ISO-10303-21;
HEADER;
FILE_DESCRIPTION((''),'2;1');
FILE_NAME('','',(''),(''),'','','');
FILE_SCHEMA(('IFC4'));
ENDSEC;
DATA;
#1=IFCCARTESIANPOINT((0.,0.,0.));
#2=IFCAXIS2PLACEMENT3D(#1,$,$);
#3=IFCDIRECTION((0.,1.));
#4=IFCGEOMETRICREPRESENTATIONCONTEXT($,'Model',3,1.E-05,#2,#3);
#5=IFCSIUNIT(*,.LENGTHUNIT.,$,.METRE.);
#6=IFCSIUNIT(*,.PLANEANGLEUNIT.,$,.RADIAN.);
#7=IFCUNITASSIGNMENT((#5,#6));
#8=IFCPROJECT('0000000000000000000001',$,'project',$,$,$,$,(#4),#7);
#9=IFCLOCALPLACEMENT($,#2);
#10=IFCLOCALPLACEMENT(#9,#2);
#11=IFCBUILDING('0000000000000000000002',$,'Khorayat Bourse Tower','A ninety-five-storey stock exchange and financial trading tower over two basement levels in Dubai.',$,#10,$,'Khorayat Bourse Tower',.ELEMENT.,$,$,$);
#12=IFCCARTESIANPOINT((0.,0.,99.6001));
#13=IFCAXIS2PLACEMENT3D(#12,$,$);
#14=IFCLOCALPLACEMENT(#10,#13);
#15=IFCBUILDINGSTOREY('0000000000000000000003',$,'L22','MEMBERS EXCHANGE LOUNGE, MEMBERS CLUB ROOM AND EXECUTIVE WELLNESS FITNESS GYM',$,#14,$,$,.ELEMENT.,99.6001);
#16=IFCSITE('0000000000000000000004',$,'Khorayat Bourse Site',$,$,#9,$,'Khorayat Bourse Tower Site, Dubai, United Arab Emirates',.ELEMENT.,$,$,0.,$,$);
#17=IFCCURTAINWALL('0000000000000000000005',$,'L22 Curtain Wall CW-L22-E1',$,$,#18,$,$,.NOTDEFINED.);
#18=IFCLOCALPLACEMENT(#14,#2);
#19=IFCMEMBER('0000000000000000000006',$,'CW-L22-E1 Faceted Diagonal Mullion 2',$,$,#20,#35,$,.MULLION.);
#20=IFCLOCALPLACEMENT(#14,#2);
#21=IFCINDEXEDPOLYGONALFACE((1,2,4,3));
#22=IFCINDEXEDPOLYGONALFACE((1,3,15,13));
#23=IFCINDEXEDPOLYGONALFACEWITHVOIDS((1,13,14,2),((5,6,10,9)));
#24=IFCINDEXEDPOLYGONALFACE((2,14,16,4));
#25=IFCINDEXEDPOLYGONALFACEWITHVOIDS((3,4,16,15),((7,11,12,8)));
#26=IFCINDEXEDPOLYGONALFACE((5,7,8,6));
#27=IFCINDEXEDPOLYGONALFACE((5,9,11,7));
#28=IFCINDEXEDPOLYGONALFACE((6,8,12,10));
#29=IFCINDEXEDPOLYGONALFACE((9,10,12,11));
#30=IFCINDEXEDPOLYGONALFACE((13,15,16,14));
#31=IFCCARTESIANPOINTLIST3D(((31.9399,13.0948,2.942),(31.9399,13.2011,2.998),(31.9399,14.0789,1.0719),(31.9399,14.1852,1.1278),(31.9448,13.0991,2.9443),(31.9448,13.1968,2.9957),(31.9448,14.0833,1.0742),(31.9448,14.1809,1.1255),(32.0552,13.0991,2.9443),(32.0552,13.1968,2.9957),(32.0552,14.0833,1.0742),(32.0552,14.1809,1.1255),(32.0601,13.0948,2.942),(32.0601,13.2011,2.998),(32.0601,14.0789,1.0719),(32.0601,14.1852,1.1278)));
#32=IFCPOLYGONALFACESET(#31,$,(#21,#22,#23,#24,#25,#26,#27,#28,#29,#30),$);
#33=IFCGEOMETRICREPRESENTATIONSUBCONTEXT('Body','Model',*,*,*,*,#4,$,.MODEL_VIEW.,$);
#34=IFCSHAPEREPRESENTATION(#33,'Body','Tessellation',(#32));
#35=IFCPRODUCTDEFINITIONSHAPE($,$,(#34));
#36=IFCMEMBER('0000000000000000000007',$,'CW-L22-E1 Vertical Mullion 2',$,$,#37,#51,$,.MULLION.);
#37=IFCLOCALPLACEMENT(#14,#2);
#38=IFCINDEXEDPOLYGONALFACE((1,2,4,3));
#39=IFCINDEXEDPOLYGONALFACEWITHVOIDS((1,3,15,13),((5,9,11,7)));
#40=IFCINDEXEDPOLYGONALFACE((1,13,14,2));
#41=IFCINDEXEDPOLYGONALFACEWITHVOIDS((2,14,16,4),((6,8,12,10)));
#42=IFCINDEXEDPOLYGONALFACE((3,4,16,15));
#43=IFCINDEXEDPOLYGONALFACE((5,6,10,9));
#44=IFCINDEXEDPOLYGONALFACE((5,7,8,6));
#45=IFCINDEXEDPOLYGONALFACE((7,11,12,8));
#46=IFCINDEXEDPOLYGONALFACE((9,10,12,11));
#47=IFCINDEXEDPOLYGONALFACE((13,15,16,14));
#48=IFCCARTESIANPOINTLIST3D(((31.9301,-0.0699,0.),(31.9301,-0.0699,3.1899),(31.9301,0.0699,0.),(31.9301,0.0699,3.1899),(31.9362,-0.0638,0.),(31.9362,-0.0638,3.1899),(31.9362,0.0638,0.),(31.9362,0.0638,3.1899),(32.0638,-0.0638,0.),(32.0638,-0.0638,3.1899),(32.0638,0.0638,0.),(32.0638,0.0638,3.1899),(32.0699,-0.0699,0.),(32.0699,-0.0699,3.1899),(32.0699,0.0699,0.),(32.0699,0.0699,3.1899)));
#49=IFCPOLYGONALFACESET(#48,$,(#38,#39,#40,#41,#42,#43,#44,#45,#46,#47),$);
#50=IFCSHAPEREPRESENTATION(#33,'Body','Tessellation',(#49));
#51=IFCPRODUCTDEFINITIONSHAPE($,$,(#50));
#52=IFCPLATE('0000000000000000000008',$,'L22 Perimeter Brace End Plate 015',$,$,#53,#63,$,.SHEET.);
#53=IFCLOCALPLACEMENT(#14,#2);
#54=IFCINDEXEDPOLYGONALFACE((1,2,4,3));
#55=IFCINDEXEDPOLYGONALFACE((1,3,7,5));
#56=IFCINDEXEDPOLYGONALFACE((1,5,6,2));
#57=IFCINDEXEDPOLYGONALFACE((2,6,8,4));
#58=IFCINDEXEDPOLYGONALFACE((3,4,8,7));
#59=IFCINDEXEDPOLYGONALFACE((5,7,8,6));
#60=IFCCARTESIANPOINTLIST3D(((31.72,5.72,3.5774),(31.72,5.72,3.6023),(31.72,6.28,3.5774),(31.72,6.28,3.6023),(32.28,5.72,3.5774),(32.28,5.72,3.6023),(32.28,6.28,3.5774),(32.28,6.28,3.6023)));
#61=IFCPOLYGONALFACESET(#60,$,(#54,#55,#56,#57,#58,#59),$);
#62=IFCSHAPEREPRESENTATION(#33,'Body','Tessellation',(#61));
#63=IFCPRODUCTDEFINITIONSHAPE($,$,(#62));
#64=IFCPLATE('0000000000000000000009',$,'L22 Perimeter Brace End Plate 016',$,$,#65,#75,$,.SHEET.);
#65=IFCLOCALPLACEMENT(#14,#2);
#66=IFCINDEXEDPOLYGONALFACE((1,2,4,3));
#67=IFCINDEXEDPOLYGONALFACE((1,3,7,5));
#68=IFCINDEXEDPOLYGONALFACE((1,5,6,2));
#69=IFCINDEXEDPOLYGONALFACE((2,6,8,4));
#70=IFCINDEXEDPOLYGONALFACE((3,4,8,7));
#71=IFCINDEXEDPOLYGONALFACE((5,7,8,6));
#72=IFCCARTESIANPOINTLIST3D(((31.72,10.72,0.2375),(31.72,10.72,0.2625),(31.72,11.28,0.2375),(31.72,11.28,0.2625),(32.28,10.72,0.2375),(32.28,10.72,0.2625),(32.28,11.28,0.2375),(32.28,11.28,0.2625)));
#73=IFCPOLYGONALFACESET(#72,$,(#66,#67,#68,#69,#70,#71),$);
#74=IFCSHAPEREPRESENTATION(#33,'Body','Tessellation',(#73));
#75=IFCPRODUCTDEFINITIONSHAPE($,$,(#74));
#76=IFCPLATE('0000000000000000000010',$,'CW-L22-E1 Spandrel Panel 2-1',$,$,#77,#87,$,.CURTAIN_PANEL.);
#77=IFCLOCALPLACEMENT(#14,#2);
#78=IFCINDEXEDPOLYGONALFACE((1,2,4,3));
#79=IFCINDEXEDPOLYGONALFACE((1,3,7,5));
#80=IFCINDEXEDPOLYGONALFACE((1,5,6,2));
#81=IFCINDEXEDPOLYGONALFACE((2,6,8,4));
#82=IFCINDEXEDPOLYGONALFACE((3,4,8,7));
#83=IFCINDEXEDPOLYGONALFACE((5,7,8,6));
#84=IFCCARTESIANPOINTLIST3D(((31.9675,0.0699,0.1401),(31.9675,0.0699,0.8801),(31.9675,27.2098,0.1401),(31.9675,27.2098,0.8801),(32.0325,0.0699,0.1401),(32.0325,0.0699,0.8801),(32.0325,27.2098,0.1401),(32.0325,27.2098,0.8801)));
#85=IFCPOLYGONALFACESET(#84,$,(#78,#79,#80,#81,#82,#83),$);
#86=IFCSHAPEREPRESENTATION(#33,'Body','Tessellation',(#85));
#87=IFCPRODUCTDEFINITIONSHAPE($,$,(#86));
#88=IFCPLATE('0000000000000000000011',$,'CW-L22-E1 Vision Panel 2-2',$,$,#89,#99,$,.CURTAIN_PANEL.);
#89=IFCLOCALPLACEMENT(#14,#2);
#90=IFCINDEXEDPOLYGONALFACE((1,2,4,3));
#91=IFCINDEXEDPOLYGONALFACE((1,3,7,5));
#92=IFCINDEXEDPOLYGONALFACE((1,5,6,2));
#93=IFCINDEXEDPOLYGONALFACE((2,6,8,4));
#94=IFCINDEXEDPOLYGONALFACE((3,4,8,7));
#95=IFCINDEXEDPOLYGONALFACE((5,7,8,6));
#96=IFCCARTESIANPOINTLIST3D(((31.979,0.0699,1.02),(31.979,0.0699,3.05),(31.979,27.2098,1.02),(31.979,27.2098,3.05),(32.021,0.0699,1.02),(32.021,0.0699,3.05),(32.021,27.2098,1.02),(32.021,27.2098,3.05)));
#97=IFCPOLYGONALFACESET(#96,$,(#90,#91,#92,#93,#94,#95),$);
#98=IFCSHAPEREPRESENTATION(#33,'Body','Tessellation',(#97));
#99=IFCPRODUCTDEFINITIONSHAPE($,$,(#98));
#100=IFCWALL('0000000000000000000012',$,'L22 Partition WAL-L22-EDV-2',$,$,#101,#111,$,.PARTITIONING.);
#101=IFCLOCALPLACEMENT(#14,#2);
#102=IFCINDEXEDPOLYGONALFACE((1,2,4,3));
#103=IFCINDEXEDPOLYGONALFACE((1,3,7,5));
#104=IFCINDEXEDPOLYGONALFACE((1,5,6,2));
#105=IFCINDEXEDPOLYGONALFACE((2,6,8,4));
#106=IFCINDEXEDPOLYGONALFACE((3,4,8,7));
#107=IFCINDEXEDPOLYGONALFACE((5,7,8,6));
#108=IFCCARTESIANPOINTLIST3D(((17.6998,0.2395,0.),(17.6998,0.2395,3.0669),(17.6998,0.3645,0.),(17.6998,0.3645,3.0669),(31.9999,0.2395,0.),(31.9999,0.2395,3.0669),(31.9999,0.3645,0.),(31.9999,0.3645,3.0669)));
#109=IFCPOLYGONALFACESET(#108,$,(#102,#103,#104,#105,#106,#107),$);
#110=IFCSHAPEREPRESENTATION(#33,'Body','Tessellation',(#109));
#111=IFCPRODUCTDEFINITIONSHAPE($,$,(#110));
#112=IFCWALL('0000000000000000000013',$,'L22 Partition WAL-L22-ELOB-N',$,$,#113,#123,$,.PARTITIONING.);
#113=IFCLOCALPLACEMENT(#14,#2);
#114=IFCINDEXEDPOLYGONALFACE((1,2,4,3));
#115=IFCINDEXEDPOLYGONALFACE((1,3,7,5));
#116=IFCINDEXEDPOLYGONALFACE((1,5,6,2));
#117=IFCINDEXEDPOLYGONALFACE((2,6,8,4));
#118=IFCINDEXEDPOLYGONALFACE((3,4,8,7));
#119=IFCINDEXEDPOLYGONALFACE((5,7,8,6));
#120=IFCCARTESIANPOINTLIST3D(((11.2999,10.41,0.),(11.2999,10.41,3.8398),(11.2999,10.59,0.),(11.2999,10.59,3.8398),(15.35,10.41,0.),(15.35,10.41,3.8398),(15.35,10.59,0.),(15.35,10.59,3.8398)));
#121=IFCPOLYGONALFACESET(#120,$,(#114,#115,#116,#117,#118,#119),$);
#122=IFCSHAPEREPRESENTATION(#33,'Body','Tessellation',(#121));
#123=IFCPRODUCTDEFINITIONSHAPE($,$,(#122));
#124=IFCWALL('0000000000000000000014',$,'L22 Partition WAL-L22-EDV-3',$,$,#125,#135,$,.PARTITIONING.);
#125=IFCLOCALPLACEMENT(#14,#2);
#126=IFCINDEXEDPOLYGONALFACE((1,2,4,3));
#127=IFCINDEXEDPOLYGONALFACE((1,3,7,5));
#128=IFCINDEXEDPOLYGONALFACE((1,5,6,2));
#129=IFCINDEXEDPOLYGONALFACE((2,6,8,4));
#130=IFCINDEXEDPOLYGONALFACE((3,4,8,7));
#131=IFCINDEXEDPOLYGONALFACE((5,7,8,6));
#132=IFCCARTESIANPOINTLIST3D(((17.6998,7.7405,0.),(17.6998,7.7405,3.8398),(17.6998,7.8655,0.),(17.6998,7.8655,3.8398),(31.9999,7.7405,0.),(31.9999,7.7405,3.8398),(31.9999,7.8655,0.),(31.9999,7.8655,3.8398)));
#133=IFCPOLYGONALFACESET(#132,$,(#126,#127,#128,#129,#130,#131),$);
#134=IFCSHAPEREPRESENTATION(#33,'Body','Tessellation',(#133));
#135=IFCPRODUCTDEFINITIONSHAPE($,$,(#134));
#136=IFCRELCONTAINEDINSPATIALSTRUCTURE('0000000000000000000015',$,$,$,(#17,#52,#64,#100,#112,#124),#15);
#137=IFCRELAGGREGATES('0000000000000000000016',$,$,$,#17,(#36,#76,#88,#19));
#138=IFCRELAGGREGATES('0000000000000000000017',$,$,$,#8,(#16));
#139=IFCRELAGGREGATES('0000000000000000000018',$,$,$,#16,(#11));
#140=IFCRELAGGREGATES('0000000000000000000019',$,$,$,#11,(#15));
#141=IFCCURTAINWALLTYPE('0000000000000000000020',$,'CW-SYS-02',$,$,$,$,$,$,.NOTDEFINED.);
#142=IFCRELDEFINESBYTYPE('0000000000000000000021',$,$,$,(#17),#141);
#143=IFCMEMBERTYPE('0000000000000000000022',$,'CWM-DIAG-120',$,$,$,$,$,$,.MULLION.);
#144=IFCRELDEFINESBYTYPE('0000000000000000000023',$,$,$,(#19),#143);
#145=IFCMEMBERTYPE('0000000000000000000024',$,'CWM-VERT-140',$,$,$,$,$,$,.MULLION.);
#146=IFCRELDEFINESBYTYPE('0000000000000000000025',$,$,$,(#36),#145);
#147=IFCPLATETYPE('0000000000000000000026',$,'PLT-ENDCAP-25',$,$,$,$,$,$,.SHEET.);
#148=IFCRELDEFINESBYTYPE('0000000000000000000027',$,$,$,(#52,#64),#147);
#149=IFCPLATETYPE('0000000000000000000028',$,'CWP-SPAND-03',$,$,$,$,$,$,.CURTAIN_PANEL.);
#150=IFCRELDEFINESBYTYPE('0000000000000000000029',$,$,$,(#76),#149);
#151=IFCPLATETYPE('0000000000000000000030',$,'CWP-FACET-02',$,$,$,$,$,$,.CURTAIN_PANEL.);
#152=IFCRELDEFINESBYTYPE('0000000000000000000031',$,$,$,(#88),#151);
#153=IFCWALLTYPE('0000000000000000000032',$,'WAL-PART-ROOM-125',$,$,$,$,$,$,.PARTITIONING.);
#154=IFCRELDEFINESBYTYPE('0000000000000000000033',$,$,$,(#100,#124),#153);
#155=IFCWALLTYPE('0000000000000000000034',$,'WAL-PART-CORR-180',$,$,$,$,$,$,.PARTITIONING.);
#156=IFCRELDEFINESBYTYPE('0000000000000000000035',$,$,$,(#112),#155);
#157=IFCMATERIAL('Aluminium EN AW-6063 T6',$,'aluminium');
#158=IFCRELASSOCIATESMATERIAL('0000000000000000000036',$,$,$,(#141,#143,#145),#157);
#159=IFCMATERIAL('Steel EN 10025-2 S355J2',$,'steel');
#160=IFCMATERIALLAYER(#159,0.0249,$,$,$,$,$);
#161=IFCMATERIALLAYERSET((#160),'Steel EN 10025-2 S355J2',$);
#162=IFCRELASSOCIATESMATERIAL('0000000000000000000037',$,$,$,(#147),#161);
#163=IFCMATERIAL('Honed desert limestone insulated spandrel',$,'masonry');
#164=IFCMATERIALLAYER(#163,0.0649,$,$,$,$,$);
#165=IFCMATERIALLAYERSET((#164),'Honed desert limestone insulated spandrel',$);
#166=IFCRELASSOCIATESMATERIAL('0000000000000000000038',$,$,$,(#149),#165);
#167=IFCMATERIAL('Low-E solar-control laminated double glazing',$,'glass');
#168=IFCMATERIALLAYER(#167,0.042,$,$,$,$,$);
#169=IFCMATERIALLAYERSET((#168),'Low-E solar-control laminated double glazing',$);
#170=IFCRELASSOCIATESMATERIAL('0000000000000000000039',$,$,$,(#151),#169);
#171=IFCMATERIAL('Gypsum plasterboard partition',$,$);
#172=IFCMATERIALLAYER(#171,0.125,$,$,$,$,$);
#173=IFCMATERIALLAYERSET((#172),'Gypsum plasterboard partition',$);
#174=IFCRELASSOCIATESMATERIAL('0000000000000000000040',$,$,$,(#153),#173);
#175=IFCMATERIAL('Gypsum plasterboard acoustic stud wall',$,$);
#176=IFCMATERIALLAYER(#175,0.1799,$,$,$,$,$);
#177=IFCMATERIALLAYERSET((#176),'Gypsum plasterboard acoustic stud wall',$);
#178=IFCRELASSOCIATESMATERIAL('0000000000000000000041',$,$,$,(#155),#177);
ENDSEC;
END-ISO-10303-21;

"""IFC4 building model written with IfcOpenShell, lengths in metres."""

from ifc_helpers import new_model, si_unit, direction, frame, frame_2d, origin, origin_2d, place, context, subcontext, project, spatial, rectangle, hollow_rectangle, extrude, source, transform, mapped, material, layer, layer_set, material_profile, profile_set, type_object, element, aggregate, save


model = new_model("IFC4")

# Units and contexts
model_context = context("Model", 3, precision=1e-05, world=origin(), true_north=direction((0.0, 1.0)))
body_context = subcontext(model_context, "Body", "Model", "MODEL_VIEW")
ifc_project = project(units=[si_unit("LENGTHUNIT", "METRE"), si_unit("PLANEANGLEUNIT", "RADIAN")], contexts=[model_context])

# Site, building, storey
site_placement = place(None, origin())
site = spatial("IfcSite", under=ifc_project, at=site_placement, Name="Khorayat Bourse Site", LongName="Khorayat Bourse Tower Site, Dubai, United Arab Emirates", CompositionType="ELEMENT", RefElevation=0.0)
building_placement = place(site_placement, origin())
building = spatial("IfcBuilding", under=site, at=building_placement, Name="Khorayat Bourse Tower", Description="A ninety-five-storey stock exchange and financial trading tower over two basement levels in Dubai.", LongName="Khorayat Bourse Tower", CompositionType="ELEMENT")
storey_placement = place(building_placement, frame((0.0, 0.0, 99.6001)))
storey = spatial("IfcBuildingStorey", under=building, at=storey_placement, Name="L22", Description="MEMBERS EXCHANGE LOUNGE, MEMBERS CLUB ROOM AND EXECUTIVE WELLNESS FITNESS GYM", CompositionType="ELEMENT", Elevation=99.6001)

# Curtain wall, members
ifc_material_1 = material(Name="Aluminium EN AW-6063 T6", Category="aluminium")
curtain_wall_type = type_object("IfcCurtainWallType", Name="CW-SYS-02", PredefinedType="NOTDEFINED", material=ifc_material_1)
curtain_wall_placement = place(storey_placement, origin())
curtain_wall = element("IfcCurtainWall", 1, at=curtain_wall_placement, inside=storey, type_object=curtain_wall_type, Name="L22 Curtain Wall CW-L22-E1", PredefinedType="NOTDEFINED")
ifc_material_profile_1 = material_profile(ifc_material_1, hollow_rectangle(XDim=0.1201, YDim=0.1201, WallThickness=0.0049, at=origin_2d()), Name="ALU 120x120x5")
ifc_profile_set_1 = profile_set([ifc_material_profile_1], Name="Aluminium EN AW-6063 T6")
member_type_1 = type_object("IfcMemberType", Name="CWM-DIAG-120", PredefinedType="MULLION", material=ifc_profile_set_1)
shared_shape_1 = source(origin(), body_context, "Body", "SweptSolid", [
    extrude(hollow_rectangle(XDim=0.1201, YDim=0.1201, WallThickness=0.0049, at=origin_2d()), origin(), (0.0, 0.0, 1.0), 2.1133),
])
member_1_placement = place(storey_placement, frame((32.0, 14.1321, 1.0999), z_axis=(0.0, -0.465694, 0.884946), x_axis=(1.0, 0.0, 0.0)))
member_1 = element("IfcMember", 2, at=member_1_placement, type_object=member_type_1, Name="CW-L22-E1 Faceted Diagonal Mullion 2", PredefinedType="MULLION", context=body_context, shape_type="MappedRepresentation", body=[
    mapped(shared_shape_1, transform((0.0, 0.0, 0.0), scale=1.0)),
])
ifc_material_profile_2 = material_profile(ifc_material_1, hollow_rectangle(XDim=0.1399, YDim=0.1399, WallThickness=0.0061, at=origin_2d()), Name="ALU 140x140x6")
ifc_profile_set_2 = profile_set([ifc_material_profile_2], Name="Aluminium EN AW-6063 T6")
member_type_2 = type_object("IfcMemberType", Name="CWM-VERT-140", PredefinedType="MULLION", material=ifc_profile_set_2)
shared_shape_2 = source(origin(), body_context, "Body", "SweptSolid", [
    extrude(hollow_rectangle(XDim=0.1399, YDim=0.1399, WallThickness=0.0061, at=origin_2d()), origin(), (0.0, 0.0, 1.0), 3.1899),
])
member_2_placement = place(storey_placement, frame((32.0, 0.0, 0.0), z_axis=(0.0, 0.0, 1.0), x_axis=(-1.0, 0.0, 0.0)))
member_2 = element("IfcMember", 3, at=member_2_placement, type_object=member_type_2, Name="CW-L22-E1 Vertical Mullion 2", PredefinedType="MULLION", context=body_context, shape_type="MappedRepresentation", body=[
    mapped(shared_shape_2, transform((0.0, 0.0, 0.0), scale=1.0)),
])

# Plates
ifc_material_2 = material(Name="Steel EN 10025-2 S355J2", Category="steel")
ifc_layer_1 = layer(ifc_material_2, 0.0249)
ifc_layer_set_1 = layer_set([ifc_layer_1], Name="Steel EN 10025-2 S355J2")
plate_type_1 = type_object("IfcPlateType", Name="PLT-ENDCAP-25", PredefinedType="SHEET", material=ifc_layer_set_1)
shared_shape_3 = source(origin(), body_context, "Body", "SweptSolid", [
    extrude(rectangle(XDim=0.5601, YDim=0.5601, at=origin_2d()), origin(), (0.0, 0.0, 1.0), 0.0249),
])
for number, where, z_axis, x_axis, name in (
    (4, (32.0, 6.0, 3.5774), (0.0, 0.0, 1.0), (1.0, 0.0, 0.0), "L22 Perimeter Brace End Plate 015"),
    (5, (32.0, 11.0, 0.2375), (0.0, 0.0, 1.0), (1.0, 0.0, 0.0), "L22 Perimeter Brace End Plate 016"),
):
    element("IfcPlate", number, at=place(storey_placement, frame(where, z_axis=z_axis, x_axis=x_axis)), inside=storey, type_object=plate_type_1, Name=name, PredefinedType="SHEET", context=body_context, shape_type="MappedRepresentation", body=[
        mapped(shared_shape_3, transform((0.0, 0.0, 0.0), scale=1.0)),
    ])

# Plates
ifc_material_3 = material(Name="Honed desert limestone insulated spandrel", Category="masonry")
ifc_layer_2 = layer(ifc_material_3, 0.0649)
ifc_layer_set_2 = layer_set([ifc_layer_2], Name="Honed desert limestone insulated spandrel")
plate_type_2 = type_object("IfcPlateType", Name="CWP-SPAND-03", PredefinedType="CURTAIN_PANEL", material=ifc_layer_set_2)
shared_shape_4 = source(origin(), body_context, "Body", "SweptSolid", [
    extrude(rectangle(XDim=27.1399, YDim=0.0649, at=origin_2d()), origin(), (0.0, 0.0, 1.0), 0.74),
])
plate_1_placement = place(storey_placement, frame((32.0, 13.6399, 0.1401), z_axis=(0.0, 0.0, 1.0), x_axis=(0.0, 1.0, 0.0)))
plate_1 = element("IfcPlate", 6, at=plate_1_placement, type_object=plate_type_2, Name="CW-L22-E1 Spandrel Panel 2-1", PredefinedType="CURTAIN_PANEL", context=body_context, shape_type="MappedRepresentation", body=[
    mapped(shared_shape_4, transform((0.0, 0.0, 0.0), scale=1.0)),
])
ifc_material_4 = material(Name="Low-E solar-control laminated double glazing", Category="glass")
ifc_layer_3 = layer(ifc_material_4, 0.042)
ifc_layer_set_3 = layer_set([ifc_layer_3], Name="Low-E solar-control laminated double glazing")
plate_type_3 = type_object("IfcPlateType", Name="CWP-FACET-02", PredefinedType="CURTAIN_PANEL", material=ifc_layer_set_3)
shared_shape_5 = source(origin(), body_context, "Body", "SweptSolid", [
    extrude(rectangle(XDim=27.1399, YDim=0.042, at=origin_2d()), origin(), (0.0, 0.0, 1.0), 2.03),
])
plate_2_placement = place(storey_placement, frame((32.0, 13.6399, 1.02), z_axis=(0.0, 0.0, 1.0), x_axis=(0.0, 1.0, 0.0)))
plate_2 = element("IfcPlate", 7, at=plate_2_placement, type_object=plate_type_3, Name="CW-L22-E1 Vision Panel 2-2", PredefinedType="CURTAIN_PANEL", context=body_context, shape_type="MappedRepresentation", body=[
    mapped(shared_shape_5, transform((0.0, 0.0, 0.0), scale=1.0)),
])
aggregate(curtain_wall, [member_2, plate_1, plate_2, member_1])

# Walls
ifc_material_5 = material(Name="Gypsum plasterboard partition")
ifc_layer_4 = layer(ifc_material_5, 0.125)
ifc_layer_set_4 = layer_set([ifc_layer_4], Name="Gypsum plasterboard partition")
wall_type_1 = type_object("IfcWallType", Name="WAL-PART-ROOM-125", PredefinedType="PARTITIONING", material=ifc_layer_set_4)
shared_shape_6 = source(origin(), body_context, "Body", "SweptSolid", [
    extrude(rectangle(XDim=14.3, YDim=0.125, at=frame_2d((7.1499, 0.0))), origin(), (0.0, 0.0, 1.0), 3.0669),
])
wall_1_placement = place(storey_placement, frame((17.7, 0.302, 0.0), z_axis=(0.0, 0.0, 1.0), x_axis=(1.0, 0.0, 0.0)))
element("IfcWall", 8, at=wall_1_placement, inside=storey, type_object=wall_type_1, Name="L22 Partition WAL-L22-EDV-2", PredefinedType="PARTITIONING", context=body_context, shape_type="MappedRepresentation", body=[
    mapped(shared_shape_6, transform((0.0, 0.0, 0.0), scale=1.0)),
])
ifc_material_6 = material(Name="Gypsum plasterboard acoustic stud wall")
ifc_layer_5 = layer(ifc_material_6, 0.1799)
ifc_layer_set_5 = layer_set([ifc_layer_5], Name="Gypsum plasterboard acoustic stud wall")
wall_type_2 = type_object("IfcWallType", Name="WAL-PART-CORR-180", PredefinedType="PARTITIONING", material=ifc_layer_set_5)
shared_shape_7 = source(origin(), body_context, "Body", "SweptSolid", [
    extrude(rectangle(XDim=4.05, YDim=0.1799, at=frame_2d((2.0249, 0.0))), origin(), (0.0, 0.0, 1.0), 3.8398),
])
wall_2_placement = place(storey_placement, frame((11.3, 10.5, 0.0), z_axis=(0.0, 0.0, 1.0), x_axis=(1.0, 0.0, 0.0)))
element("IfcWall", 9, at=wall_2_placement, inside=storey, type_object=wall_type_2, Name="L22 Partition WAL-L22-ELOB-N", PredefinedType="PARTITIONING", context=body_context, shape_type="MappedRepresentation", body=[
    mapped(shared_shape_7, transform((0.0, 0.0, 0.0), scale=1.0)),
])
shared_shape_8 = source(origin(), body_context, "Body", "SweptSolid", [
    extrude(rectangle(XDim=14.3, YDim=0.125, at=frame_2d((7.1499, 0.0))), origin(), (0.0, 0.0, 1.0), 3.8398),
])
wall_3_placement = place(storey_placement, frame((17.7, 7.803, 0.0), z_axis=(0.0, 0.0, 1.0), x_axis=(1.0, 0.0, 0.0)))
element("IfcWall", 10, at=wall_3_placement, inside=storey, type_object=wall_type_1, Name="L22 Partition WAL-L22-EDV-3", PredefinedType="PARTITIONING", context=body_context, shape_type="MappedRepresentation", body=[
    mapped(shared_shape_8, transform((0.0, 0.0, 0.0), scale=1.0)),
])

save(model, "model.ifc")
